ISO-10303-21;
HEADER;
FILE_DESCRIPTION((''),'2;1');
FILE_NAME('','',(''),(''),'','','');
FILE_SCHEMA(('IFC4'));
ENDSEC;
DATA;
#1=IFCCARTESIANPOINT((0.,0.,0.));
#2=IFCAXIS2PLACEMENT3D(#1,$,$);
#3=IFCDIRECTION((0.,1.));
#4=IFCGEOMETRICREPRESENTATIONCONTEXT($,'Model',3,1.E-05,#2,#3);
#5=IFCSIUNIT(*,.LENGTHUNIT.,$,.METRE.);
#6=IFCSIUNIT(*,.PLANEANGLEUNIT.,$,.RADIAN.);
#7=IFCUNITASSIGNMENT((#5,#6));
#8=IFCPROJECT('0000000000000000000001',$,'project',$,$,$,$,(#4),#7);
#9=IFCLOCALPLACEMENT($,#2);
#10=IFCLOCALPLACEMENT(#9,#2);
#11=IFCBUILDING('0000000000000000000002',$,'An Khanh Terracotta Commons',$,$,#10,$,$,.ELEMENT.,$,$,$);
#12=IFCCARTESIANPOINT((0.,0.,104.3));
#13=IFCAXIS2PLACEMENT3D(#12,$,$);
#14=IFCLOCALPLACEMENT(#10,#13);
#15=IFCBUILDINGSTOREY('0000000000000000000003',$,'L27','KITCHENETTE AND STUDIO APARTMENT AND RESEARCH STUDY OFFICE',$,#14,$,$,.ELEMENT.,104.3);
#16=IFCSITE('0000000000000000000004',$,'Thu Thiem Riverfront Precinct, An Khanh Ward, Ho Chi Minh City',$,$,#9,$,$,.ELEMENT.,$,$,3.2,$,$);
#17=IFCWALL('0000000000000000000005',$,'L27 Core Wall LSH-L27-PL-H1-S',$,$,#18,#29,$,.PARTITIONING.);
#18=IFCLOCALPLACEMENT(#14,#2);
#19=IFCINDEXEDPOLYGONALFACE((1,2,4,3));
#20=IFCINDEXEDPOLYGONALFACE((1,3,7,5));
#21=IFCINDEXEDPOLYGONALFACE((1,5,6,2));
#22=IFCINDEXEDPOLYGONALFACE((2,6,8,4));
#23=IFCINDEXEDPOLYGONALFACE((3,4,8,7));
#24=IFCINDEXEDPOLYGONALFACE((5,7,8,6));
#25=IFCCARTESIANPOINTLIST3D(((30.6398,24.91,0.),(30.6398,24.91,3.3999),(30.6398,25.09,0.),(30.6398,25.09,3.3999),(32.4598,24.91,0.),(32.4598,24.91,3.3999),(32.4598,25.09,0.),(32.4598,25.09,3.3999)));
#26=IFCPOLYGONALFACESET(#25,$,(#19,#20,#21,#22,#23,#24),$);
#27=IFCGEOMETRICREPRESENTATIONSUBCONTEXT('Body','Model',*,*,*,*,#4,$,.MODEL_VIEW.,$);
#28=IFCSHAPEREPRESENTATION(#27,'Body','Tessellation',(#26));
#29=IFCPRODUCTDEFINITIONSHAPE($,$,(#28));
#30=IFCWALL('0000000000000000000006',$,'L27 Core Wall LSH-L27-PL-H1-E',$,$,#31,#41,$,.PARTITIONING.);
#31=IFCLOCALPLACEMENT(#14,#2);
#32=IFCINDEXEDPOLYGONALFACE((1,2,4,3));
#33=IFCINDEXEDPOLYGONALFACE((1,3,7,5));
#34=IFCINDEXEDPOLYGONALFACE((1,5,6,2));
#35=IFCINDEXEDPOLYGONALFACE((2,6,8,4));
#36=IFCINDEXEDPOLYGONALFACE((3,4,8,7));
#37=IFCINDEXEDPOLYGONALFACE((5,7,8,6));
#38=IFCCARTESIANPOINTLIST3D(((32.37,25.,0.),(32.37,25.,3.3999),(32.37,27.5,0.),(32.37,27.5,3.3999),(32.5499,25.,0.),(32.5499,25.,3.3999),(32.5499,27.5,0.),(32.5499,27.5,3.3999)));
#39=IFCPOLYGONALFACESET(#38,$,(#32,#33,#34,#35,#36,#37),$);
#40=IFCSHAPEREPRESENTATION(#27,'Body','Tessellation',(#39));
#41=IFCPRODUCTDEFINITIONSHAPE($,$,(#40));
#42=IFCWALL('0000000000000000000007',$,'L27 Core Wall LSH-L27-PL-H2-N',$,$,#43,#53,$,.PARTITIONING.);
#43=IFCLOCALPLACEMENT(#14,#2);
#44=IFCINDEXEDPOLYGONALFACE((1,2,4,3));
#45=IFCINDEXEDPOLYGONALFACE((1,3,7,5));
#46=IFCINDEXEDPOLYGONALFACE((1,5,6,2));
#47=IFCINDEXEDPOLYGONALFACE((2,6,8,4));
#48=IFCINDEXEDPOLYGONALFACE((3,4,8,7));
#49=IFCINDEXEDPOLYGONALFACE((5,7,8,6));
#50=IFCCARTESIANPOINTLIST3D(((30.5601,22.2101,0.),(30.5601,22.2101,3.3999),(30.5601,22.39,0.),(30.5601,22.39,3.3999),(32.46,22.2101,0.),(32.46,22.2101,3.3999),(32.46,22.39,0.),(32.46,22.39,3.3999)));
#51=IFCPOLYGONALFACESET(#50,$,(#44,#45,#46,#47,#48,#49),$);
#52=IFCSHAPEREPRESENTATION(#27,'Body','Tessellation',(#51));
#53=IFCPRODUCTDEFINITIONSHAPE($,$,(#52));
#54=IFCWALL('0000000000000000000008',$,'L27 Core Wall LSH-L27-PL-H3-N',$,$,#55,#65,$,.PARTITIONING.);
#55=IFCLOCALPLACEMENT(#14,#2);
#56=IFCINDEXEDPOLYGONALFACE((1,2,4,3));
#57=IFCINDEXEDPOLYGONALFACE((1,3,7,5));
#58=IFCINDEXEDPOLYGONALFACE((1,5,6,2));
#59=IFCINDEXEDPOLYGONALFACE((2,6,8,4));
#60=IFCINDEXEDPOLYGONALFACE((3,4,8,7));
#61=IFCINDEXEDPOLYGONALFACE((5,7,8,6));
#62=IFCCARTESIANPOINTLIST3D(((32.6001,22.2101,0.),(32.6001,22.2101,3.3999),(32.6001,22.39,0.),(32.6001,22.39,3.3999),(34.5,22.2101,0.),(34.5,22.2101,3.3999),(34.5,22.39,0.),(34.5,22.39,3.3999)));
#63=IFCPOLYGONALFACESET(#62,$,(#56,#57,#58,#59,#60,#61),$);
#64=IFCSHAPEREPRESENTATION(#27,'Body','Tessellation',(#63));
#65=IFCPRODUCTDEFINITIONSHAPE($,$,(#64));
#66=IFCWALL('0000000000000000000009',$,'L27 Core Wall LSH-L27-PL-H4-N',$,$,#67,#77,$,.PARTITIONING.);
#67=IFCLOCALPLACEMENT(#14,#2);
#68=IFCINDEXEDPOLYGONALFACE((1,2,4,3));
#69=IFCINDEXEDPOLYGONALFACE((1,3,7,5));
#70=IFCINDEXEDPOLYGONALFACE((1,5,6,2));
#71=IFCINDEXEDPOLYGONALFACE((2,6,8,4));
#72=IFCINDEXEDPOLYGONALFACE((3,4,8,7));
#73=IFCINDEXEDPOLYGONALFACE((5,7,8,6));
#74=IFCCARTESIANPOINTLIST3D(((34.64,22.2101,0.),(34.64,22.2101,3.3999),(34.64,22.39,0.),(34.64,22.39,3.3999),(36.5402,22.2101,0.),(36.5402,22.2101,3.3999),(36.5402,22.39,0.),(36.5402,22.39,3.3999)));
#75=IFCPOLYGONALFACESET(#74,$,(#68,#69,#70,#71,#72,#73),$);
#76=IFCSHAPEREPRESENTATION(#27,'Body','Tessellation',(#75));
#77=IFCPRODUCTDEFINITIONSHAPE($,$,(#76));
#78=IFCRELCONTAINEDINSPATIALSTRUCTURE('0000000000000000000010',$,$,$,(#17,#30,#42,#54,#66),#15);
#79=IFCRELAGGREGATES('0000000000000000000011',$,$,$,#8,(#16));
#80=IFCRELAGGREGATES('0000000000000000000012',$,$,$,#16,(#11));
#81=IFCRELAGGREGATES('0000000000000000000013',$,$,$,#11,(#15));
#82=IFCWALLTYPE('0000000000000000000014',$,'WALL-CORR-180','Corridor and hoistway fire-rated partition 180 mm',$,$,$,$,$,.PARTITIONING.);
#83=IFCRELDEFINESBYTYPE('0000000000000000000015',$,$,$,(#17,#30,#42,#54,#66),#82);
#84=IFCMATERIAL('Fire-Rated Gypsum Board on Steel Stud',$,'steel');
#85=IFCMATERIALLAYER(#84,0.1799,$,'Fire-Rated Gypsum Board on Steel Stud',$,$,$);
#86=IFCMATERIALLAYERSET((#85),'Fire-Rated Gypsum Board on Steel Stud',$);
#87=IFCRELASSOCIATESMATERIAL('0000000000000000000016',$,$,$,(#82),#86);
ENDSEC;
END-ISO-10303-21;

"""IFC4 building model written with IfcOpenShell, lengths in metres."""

from ifc_helpers import new_model, si_unit, direction, frame, frame_2d, origin, place, context, subcontext, project, spatial, rectangle, extrude, material, layer, layer_set, type_object, element, save


model = new_model("IFC4")

# Units and contexts
model_context = context("Model", 3, precision=1e-05, world=origin(), true_north=direction((0.0, 1.0)))
body_context = subcontext(model_context, "Body", "Model", "MODEL_VIEW")
ifc_project = project(units=[si_unit("LENGTHUNIT", "METRE"), si_unit("PLANEANGLEUNIT", "RADIAN")], contexts=[model_context])

# Site, building, storey
site_placement = place(None, origin())
site = spatial("IfcSite", under=ifc_project, at=site_placement, Name="Thu Thiem Riverfront Precinct, An Khanh Ward, Ho Chi Minh City", CompositionType="ELEMENT", RefElevation=3.2)
building_placement = place(site_placement, origin())
building = spatial("IfcBuilding", under=site, at=building_placement, Name="An Khanh Terracotta Commons", CompositionType="ELEMENT")
storey_placement = place(building_placement, frame((0.0, 0.0, 104.3)))
storey = spatial("IfcBuildingStorey", under=building, at=storey_placement, Name="L27", Description="KITCHENETTE AND STUDIO APARTMENT AND RESEARCH STUDY OFFICE", CompositionType="ELEMENT", Elevation=104.3)

# Shared definitions
ifc_material_1 = material(Name="Fire-Rated Gypsum Board on Steel Stud", Category="steel")
ifc_layer = layer(ifc_material_1, 0.1799, Name="Fire-Rated Gypsum Board on Steel Stud")
ifc_layer_set = layer_set([ifc_layer], Name="Fire-Rated Gypsum Board on Steel Stud")
wall_type = type_object("IfcWallType", Name="WALL-CORR-180", Description="Corridor and hoistway fire-rated partition 180 mm", PredefinedType="PARTITIONING", material=ifc_layer_set)

# Walls
wall_1_placement = place(storey_placement, frame((32.46, 25.0, 0.0), z_axis=(0.0, 0.0, 1.0), x_axis=(-1.0, 0.0, 0.0)))
element("IfcWall", 1, at=wall_1_placement, inside=storey, type_object=wall_type, Name="L27 Core Wall LSH-L27-PL-H1-S", PredefinedType="PARTITIONING", context=body_context, shape_type="SweptSolid", body=[
    extrude(rectangle(XDim=1.8201, YDim=0.1799, at=frame_2d((0.9102, 0.0))), origin(), (0.0, 0.0, 1.0), 3.3999),
])
wall_2_placement = place(storey_placement, frame((32.46, 25.0, 0.0), z_axis=(0.0, 0.0, 1.0), x_axis=(0.0, 1.0, 0.0)))
element("IfcWall", 2, at=wall_2_placement, inside=storey, type_object=wall_type, Name="L27 Core Wall LSH-L27-PL-H1-E", PredefinedType="PARTITIONING", context=body_context, shape_type="SweptSolid", body=[
    extrude(rectangle(XDim=2.5, YDim=0.1799, at=frame_2d((1.25, 0.0))), origin(), (0.0, 0.0, 1.0), 3.3999),
])
for number, where, z_axis, x_axis, name in (
    (3, (30.5601, 22.3, 0.0), (0.0, 0.0, 1.0), (1.0, 0.0, 0.0), "L27 Core Wall LSH-L27-PL-H2-N"),
    (4, (32.6001, 22.3, 0.0), (0.0, 0.0, 1.0), (1.0, 0.0, 0.0), "L27 Core Wall LSH-L27-PL-H3-N"),
):
    element("IfcWall", number, at=place(storey_placement, frame(where, z_axis=z_axis, x_axis=x_axis)), inside=storey, type_object=wall_type, Name=name, PredefinedType="PARTITIONING", context=body_context, shape_type="SweptSolid", body=[
        extrude(rectangle(XDim=1.8999, YDim=0.1799, at=frame_2d((0.95, 0.0))), origin(), (0.0, 0.0, 1.0), 3.3999),
    ])
wall_3_placement = place(storey_placement, frame((34.6399, 22.3, 0.0), z_axis=(0.0, 0.0, 1.0), x_axis=(1.0, 0.0, 0.0)))
element("IfcWall", 5, at=wall_3_placement, inside=storey, type_object=wall_type, Name="L27 Core Wall LSH-L27-PL-H4-N", PredefinedType="PARTITIONING", context=body_context, shape_type="SweptSolid", body=[
    extrude(rectangle(XDim=1.9001, YDim=0.1799, at=frame_2d((0.9502, 0.0))), origin(), (0.0, 0.0, 1.0), 3.3999),
])

save(model, "model.ifc")
